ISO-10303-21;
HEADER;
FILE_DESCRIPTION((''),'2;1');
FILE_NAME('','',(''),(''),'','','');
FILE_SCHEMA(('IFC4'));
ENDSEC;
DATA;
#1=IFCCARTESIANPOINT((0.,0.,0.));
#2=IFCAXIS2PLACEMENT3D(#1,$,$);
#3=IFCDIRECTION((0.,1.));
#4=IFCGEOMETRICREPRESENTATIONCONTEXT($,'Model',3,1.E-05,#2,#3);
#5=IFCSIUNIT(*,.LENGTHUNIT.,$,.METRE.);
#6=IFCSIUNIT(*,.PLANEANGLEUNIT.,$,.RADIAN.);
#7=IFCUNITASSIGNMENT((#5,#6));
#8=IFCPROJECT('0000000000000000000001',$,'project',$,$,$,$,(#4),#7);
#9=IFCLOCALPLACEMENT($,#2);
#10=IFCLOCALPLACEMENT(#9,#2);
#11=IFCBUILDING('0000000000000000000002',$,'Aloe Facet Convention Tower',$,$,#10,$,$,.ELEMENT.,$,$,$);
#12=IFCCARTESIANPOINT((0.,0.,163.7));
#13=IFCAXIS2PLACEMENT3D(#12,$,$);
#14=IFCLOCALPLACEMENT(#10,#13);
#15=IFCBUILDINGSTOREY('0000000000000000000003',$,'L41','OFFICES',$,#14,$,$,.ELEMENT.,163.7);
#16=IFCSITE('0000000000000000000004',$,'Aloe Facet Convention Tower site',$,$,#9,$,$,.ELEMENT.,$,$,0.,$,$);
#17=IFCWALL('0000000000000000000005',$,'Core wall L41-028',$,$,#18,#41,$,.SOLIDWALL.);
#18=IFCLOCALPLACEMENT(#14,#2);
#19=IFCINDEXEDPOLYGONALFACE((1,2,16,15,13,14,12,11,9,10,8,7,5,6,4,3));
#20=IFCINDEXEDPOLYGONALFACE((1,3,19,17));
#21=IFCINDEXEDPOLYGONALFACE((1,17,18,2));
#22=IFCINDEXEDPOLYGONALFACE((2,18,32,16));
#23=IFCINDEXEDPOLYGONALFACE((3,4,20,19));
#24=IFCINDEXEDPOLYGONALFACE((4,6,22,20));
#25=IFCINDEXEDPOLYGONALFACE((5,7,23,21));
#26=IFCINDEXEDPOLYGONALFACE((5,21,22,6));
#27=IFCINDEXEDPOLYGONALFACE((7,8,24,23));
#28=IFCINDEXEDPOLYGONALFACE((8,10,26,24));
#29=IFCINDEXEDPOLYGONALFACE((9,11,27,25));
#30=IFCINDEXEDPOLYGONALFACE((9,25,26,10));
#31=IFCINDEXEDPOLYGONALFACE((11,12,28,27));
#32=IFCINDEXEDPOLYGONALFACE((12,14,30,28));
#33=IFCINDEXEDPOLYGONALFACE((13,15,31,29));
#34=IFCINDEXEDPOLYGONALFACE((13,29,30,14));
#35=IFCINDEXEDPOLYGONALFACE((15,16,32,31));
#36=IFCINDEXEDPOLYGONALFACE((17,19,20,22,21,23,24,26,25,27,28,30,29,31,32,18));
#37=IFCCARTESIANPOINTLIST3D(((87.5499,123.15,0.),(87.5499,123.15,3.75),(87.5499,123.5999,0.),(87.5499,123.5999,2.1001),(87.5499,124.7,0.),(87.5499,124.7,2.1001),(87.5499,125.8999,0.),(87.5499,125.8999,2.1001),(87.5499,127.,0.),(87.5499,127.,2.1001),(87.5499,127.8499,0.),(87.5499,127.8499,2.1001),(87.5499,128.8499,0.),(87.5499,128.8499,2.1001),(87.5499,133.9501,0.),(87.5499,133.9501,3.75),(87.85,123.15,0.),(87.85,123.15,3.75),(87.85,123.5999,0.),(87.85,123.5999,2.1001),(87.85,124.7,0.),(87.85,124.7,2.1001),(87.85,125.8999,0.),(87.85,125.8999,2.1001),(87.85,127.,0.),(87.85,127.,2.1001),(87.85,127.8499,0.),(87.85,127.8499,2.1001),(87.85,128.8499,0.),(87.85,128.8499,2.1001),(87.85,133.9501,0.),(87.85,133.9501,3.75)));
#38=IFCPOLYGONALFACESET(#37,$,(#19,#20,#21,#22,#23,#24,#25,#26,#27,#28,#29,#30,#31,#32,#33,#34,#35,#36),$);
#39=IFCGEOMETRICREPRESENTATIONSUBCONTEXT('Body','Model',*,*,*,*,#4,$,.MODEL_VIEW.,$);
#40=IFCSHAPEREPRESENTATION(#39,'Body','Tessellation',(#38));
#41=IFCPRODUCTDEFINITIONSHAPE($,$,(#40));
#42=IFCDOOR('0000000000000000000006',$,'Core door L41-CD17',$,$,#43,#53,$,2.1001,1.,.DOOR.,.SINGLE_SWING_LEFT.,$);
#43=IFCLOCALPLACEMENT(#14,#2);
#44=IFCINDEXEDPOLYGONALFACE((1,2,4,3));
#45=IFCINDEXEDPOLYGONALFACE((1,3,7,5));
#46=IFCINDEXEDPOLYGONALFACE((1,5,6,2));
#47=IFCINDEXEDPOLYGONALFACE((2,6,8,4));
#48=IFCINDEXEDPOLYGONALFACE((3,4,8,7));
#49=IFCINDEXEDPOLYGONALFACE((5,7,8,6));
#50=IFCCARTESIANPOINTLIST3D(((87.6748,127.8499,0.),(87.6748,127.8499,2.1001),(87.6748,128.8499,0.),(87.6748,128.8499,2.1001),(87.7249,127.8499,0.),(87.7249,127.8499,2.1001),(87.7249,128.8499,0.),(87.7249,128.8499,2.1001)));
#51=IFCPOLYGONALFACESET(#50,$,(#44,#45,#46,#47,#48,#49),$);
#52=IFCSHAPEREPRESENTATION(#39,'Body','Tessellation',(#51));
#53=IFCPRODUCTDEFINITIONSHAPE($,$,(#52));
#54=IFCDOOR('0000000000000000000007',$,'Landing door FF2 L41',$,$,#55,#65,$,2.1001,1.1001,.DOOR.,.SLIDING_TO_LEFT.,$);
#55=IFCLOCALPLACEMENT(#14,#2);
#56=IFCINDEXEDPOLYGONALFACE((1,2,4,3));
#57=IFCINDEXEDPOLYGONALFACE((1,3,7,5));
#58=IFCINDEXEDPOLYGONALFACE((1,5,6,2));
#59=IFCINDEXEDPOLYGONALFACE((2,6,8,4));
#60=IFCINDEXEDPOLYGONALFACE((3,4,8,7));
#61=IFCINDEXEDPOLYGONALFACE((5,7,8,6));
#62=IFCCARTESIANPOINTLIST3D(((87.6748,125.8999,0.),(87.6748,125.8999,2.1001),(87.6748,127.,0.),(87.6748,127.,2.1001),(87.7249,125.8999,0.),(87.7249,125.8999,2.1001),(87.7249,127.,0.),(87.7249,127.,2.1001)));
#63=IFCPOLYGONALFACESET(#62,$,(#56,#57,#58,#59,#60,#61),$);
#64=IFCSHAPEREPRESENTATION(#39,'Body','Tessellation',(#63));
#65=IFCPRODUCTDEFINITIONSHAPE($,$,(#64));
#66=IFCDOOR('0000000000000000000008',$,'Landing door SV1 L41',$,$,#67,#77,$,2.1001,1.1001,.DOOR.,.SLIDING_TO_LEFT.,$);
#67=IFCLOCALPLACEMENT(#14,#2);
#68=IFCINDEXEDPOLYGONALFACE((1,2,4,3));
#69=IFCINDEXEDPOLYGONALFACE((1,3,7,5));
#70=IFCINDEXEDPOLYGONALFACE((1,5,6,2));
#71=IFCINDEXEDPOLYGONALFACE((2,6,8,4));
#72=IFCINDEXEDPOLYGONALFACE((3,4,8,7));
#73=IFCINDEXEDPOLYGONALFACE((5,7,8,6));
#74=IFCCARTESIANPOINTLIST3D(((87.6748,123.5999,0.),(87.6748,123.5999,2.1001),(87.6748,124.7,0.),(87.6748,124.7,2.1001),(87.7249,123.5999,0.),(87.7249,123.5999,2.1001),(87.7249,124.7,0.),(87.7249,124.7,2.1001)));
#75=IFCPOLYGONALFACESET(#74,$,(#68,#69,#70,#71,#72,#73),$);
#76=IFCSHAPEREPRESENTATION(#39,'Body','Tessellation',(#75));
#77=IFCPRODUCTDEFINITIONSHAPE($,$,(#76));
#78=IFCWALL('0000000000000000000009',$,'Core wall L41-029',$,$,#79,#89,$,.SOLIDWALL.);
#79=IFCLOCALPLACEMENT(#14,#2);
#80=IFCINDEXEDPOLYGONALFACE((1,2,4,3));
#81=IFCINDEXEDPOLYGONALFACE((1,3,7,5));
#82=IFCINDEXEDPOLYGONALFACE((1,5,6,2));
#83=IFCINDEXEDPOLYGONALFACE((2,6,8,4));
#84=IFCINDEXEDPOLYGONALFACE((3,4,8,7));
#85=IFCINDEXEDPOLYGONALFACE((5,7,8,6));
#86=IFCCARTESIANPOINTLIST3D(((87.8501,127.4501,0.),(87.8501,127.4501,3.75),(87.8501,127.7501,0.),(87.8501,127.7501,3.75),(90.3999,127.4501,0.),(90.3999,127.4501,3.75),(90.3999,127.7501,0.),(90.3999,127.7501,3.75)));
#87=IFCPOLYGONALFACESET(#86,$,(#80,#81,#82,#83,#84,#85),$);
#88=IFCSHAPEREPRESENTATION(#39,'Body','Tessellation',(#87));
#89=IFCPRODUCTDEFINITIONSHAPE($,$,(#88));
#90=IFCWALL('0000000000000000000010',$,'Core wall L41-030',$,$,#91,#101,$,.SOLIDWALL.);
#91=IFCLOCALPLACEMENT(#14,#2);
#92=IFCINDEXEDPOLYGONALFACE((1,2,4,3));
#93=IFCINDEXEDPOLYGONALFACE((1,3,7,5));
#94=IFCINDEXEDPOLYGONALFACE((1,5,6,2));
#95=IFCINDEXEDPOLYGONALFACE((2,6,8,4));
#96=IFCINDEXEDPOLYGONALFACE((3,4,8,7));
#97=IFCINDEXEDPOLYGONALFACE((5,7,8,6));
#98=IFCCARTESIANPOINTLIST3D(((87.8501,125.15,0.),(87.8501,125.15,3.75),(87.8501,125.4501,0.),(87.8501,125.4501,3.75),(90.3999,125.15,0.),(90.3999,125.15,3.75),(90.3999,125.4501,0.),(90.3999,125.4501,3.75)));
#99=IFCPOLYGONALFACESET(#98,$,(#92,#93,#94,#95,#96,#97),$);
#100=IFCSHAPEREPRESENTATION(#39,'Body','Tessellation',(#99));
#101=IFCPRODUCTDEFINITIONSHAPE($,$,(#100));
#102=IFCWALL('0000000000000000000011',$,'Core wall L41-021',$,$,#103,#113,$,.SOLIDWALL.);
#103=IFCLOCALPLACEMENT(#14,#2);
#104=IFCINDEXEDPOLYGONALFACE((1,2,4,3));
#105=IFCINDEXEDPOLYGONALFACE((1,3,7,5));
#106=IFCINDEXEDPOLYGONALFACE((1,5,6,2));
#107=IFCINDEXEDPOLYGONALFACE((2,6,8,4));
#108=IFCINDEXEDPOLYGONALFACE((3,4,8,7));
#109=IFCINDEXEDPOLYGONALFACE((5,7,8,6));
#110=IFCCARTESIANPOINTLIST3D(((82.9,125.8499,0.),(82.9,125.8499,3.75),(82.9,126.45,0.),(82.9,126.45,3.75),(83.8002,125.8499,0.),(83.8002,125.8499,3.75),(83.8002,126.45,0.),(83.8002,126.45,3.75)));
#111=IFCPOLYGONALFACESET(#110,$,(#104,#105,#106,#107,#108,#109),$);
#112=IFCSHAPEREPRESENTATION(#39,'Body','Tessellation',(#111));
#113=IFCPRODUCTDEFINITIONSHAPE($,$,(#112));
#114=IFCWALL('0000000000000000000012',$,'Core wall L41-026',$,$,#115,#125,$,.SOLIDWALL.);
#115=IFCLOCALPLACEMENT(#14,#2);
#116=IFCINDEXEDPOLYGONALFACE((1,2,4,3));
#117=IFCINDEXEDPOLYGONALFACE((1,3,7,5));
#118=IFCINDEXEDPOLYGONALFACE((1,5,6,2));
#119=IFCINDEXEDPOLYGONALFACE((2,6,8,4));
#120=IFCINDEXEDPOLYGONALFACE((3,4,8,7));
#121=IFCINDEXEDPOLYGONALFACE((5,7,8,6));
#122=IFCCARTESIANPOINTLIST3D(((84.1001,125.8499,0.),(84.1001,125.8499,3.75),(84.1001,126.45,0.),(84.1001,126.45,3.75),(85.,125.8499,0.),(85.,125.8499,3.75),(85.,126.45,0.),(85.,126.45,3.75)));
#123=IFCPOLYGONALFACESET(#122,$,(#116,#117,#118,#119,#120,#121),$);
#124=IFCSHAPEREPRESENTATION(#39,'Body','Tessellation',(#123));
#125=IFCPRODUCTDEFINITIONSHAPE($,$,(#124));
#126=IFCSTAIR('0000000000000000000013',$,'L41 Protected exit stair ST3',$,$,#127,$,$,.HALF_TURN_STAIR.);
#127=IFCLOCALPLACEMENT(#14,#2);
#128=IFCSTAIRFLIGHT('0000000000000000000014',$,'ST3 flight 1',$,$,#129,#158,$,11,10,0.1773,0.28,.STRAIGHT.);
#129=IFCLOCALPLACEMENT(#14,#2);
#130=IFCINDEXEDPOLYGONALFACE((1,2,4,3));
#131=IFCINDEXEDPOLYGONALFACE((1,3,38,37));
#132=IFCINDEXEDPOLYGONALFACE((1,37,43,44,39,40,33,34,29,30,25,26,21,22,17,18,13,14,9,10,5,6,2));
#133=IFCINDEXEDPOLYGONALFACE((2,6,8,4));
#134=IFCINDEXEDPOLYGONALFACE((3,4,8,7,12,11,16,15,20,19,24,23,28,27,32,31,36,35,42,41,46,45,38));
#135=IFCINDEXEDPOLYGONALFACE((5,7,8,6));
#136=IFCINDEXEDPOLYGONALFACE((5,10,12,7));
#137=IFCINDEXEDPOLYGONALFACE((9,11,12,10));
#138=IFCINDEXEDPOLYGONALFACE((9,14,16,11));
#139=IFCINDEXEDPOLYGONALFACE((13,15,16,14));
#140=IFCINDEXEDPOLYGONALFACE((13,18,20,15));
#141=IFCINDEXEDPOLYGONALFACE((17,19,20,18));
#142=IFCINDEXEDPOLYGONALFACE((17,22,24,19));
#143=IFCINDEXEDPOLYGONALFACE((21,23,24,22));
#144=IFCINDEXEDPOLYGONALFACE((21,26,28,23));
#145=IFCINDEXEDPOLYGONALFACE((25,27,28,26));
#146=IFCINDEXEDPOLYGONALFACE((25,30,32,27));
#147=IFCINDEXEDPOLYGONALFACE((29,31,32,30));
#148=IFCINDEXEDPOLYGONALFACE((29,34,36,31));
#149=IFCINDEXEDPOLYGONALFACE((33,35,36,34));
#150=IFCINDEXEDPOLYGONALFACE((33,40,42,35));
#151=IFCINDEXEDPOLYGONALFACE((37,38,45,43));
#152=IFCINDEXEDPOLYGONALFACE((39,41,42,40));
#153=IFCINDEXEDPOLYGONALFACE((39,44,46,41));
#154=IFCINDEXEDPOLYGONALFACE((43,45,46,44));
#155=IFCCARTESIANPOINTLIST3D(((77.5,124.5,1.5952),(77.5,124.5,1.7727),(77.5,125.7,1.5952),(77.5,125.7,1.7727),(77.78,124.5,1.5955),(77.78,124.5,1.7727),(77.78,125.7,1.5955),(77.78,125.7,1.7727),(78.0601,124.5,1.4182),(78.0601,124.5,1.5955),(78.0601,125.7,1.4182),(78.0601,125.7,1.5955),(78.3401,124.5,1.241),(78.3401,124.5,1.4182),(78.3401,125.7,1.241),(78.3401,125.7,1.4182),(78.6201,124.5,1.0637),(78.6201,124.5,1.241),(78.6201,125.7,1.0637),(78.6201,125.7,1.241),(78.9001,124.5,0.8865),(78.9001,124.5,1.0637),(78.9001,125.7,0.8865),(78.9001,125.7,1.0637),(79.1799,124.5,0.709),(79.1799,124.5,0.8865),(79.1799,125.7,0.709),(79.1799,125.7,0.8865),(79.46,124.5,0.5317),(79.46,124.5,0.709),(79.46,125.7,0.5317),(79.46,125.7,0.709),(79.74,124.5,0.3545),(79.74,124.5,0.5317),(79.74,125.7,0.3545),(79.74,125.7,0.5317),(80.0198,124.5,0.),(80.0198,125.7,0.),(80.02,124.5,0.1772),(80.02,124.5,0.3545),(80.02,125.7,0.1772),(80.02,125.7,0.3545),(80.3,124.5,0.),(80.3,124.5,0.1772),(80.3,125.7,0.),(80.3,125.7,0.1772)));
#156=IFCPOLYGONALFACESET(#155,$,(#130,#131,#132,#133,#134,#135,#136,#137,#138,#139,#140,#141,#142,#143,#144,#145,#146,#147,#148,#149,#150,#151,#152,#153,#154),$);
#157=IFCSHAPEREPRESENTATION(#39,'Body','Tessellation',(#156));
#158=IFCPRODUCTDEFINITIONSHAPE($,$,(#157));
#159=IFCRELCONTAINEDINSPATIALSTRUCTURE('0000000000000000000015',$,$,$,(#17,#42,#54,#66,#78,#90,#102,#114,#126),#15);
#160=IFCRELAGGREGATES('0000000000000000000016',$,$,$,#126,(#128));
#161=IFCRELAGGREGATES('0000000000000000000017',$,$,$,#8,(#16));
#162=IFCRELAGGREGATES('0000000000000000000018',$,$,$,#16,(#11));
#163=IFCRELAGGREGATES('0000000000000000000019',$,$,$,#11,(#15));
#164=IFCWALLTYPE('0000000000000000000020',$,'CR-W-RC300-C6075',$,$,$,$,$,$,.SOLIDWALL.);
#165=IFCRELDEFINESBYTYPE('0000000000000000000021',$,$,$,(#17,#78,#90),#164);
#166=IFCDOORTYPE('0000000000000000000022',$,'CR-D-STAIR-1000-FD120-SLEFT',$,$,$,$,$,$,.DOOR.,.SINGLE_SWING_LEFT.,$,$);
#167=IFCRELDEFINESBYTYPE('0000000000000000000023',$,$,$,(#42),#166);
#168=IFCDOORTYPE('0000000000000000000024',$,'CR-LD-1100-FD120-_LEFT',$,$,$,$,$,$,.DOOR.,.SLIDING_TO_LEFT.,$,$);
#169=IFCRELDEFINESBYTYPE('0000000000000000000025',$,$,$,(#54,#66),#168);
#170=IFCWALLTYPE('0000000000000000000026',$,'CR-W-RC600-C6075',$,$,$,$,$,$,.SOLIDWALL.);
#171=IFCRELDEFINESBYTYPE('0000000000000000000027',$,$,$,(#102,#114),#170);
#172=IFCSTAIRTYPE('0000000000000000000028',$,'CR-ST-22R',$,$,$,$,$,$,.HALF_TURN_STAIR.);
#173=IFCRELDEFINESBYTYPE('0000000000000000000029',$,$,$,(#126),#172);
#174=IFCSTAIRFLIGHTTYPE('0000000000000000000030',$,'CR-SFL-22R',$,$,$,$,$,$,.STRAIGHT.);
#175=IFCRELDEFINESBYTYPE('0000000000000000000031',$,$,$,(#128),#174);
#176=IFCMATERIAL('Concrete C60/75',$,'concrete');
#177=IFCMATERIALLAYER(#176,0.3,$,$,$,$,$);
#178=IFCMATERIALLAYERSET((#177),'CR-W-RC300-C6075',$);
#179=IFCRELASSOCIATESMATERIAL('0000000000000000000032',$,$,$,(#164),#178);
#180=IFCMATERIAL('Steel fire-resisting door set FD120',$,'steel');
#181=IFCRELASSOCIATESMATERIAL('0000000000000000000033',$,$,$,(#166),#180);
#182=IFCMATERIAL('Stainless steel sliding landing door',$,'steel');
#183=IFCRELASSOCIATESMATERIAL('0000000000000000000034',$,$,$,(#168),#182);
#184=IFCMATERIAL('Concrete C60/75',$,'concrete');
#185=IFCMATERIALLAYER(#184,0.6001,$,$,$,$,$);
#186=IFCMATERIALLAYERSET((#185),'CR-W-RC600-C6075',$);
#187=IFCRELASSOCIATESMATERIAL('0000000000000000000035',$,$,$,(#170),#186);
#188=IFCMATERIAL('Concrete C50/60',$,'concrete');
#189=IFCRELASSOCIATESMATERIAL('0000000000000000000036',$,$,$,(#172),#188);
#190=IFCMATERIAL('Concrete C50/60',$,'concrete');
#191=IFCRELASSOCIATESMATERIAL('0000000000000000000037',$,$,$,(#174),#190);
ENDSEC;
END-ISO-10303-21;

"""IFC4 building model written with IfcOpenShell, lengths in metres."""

from ifc_helpers import new_model, si_unit, direction, frame, frame_2d, origin, place, context, subcontext, project, spatial, polyline, rectangle, outline, extrude, material, layer, layer_set, type_object, element, fill, aggregate, save


model = new_model("IFC4")

# Units and contexts
model_context = context("Model", 3, precision=1e-05, world=origin(), true_north=direction((0.0, 1.0)))
body_context = subcontext(model_context, "Body", "Model", "MODEL_VIEW")
ifc_project = project(units=[si_unit("LENGTHUNIT", "METRE"), si_unit("PLANEANGLEUNIT", "RADIAN")], contexts=[model_context])

# Site, building, storey
site_placement = place(None, origin())
site = spatial("IfcSite", under=ifc_project, at=site_placement, Name="Aloe Facet Convention Tower site", CompositionType="ELEMENT", RefElevation=0.0)
building_placement = place(site_placement, origin())
building = spatial("IfcBuilding", under=site, at=building_placement, Name="Aloe Facet Convention Tower", CompositionType="ELEMENT")
storey_placement = place(building_placement, frame((0.0, 0.0, 163.7)))
storey = spatial("IfcBuildingStorey", under=building, at=storey_placement, Name="L41", Description="OFFICES", CompositionType="ELEMENT", Elevation=163.7)

# Shared definitions
ifc_material_1 = material(Name="Concrete C60/75", Category="concrete")
ifc_layer_1 = layer(ifc_material_1, 0.3)
ifc_layer_set_1 = layer_set([ifc_layer_1], Name="CR-W-RC300-C6075")
wall_type_1 = type_object("IfcWallType", Name="CR-W-RC300-C6075", PredefinedType="SOLIDWALL", material=ifc_layer_set_1)

# Shared definitions
ifc_material_2 = material(Name="Steel fire-resisting door set FD120", Category="steel")
door_type_1 = type_object("IfcDoorType", Name="CR-D-STAIR-1000-FD120-SLEFT", OperationType="SINGLE_SWING_LEFT", PredefinedType="DOOR", material=ifc_material_2)

# Wall, openings, doors
wall_1_placement = place(storey_placement, frame((87.7, 133.95, 0.0), z_axis=(0.0, 0.0, 1.0), x_axis=(0.0, -1.0, 0.0)))
wall_1 = element("IfcWall", 1, at=wall_1_placement, inside=storey, type_object=wall_type_1, Name="Core wall L41-028", PredefinedType="SOLIDWALL", context=body_context, shape_type="SweptSolid", body=[
    extrude(rectangle(XDim=10.8, YDim=0.3, at=frame_2d((5.3999, 0.0))), origin(), (0.0, 0.0, 1.0), 3.75),
])
opening_1_placement = place(wall_1_placement, frame((6.95, 0.0, 0.0)))
opening_1 = element("IfcOpeningElement", 2, at=opening_1_placement, cuts=wall_1, PredefinedType="OPENING", context=body_context, shape_type="SweptSolid", body=[
    extrude(rectangle(XDim=1.1001, YDim=2.1001, at=frame_2d((0.55, 1.05))), frame((0.0, 0.1602, 0.0), z_axis=(0.0, -1.0, 0.0), x_axis=(1.0, 0.0, 0.0)), (0.0, 0.0, 1.0), 0.3201),
])
opening_2_placement = place(wall_1_placement, frame((5.1001, 0.0, 0.0)))
opening_2 = element("IfcOpeningElement", 3, at=opening_2_placement, cuts=wall_1, PredefinedType="OPENING", context=body_context, shape_type="SweptSolid", body=[
    extrude(rectangle(XDim=1.0, YDim=2.1001, at=frame_2d((0.5, 1.05))), frame((0.0, 0.1602, 0.0), z_axis=(0.0, -1.0, 0.0), x_axis=(1.0, 0.0, 0.0)), (0.0, 0.0, 1.0), 0.3201),
])
opening_3_placement = place(wall_1_placement, frame((9.25, 0.0, 0.0)))
opening_3 = element("IfcOpeningElement", 4, at=opening_3_placement, cuts=wall_1, PredefinedType="OPENING", context=body_context, shape_type="SweptSolid", body=[
    extrude(rectangle(XDim=1.1001, YDim=2.1001, at=frame_2d((0.55, 1.05))), frame((0.0, 0.1602, 0.0), z_axis=(0.0, -1.0, 0.0), x_axis=(1.0, 0.0, 0.0)), (0.0, 0.0, 1.0), 0.3201),
])
door_1_placement = place(opening_2_placement, origin())
door_1 = element("IfcDoor", 5, at=door_1_placement, inside=storey, type_object=door_type_1, Name="Core door L41-CD17", OperationType="SINGLE_SWING_LEFT", OverallHeight=2.1001, OverallWidth=1.0, PredefinedType="DOOR", context=body_context, shape_type="SweptSolid", body=[
    extrude(rectangle(XDim=1.0, YDim=2.1001, at=frame_2d((0.5, 1.05))), frame((0.0, 0.0249, 0.0), z_axis=(0.0, -1.0, 0.0), x_axis=(1.0, 0.0, 0.0)), (0.0, 0.0, 1.0), 0.05),
])
fill(opening_2, door_1)
ifc_material_3 = material(Name="Stainless steel sliding landing door", Category="steel")
door_type_2 = type_object("IfcDoorType", Name="CR-LD-1100-FD120-_LEFT", OperationType="SLIDING_TO_LEFT", PredefinedType="DOOR", material=ifc_material_3)
door_2_placement = place(opening_1_placement, origin())
door_2 = element("IfcDoor", 6, at=door_2_placement, inside=storey, type_object=door_type_2, Name="Landing door FF2 L41", OperationType="SLIDING_TO_LEFT", OverallHeight=2.1001, OverallWidth=1.1001, PredefinedType="DOOR", context=body_context, shape_type="SweptSolid", body=[
    extrude(rectangle(XDim=1.1001, YDim=2.1001, at=frame_2d((0.55, 1.05))), frame((0.0, 0.0249, 0.0), z_axis=(0.0, -1.0, 0.0), x_axis=(1.0, 0.0, 0.0)), (0.0, 0.0, 1.0), 0.05),
])
fill(opening_1, door_2)
door_3_placement = place(opening_3_placement, origin())
door_3 = element("IfcDoor", 7, at=door_3_placement, inside=storey, type_object=door_type_2, Name="Landing door SV1 L41", OperationType="SLIDING_TO_LEFT", OverallHeight=2.1001, OverallWidth=1.1001, PredefinedType="DOOR", context=body_context, shape_type="SweptSolid", body=[
    extrude(rectangle(XDim=1.1001, YDim=2.1001, at=frame_2d((0.55, 1.05))), frame((0.0, 0.0249, 0.0), z_axis=(0.0, -1.0, 0.0), x_axis=(1.0, 0.0, 0.0)), (0.0, 0.0, 1.0), 0.05),
])
fill(opening_3, door_3)

# Walls
for number, where, z_axis, x_axis, name in (
    (8, (87.8501, 127.6001, 0.0), (0.0, 0.0, 1.0), (1.0, 0.0, 0.0), "Core wall L41-029"),
    (9, (87.8501, 125.3, 0.0), (0.0, 0.0, 1.0), (1.0, 0.0, 0.0), "Core wall L41-030"),
):
    element("IfcWall", number, at=place(storey_placement, frame(where, z_axis=z_axis, x_axis=x_axis)), inside=storey, type_object=wall_type_1, Name=name, PredefinedType="SOLIDWALL", context=body_context, shape_type="SweptSolid", body=[
        extrude(rectangle(XDim=2.5498, YDim=0.3, at=frame_2d((1.2749, 0.0))), origin(), (0.0, 0.0, 1.0), 3.75),
    ])
ifc_material_4 = material(Name="Concrete C60/75", Category="concrete")
ifc_layer_2 = layer(ifc_material_4, 0.6001)
ifc_layer_set_2 = layer_set([ifc_layer_2], Name="CR-W-RC600-C6075")
wall_type_2 = type_object("IfcWallType", Name="CR-W-RC600-C6075", PredefinedType="SOLIDWALL", material=ifc_layer_set_2)
wall_2_placement = place(storey_placement, frame((82.8999, 126.1499, 0.0), z_axis=(0.0, 0.0, 1.0), x_axis=(1.0, 0.0, 0.0)))
element("IfcWall", 10, at=wall_2_placement, inside=storey, type_object=wall_type_2, Name="Core wall L41-021", PredefinedType="SOLIDWALL", context=body_context, shape_type="SweptSolid", body=[
    extrude(rectangle(XDim=0.9001, YDim=0.6001, at=frame_2d((0.4502, 0.0))), origin(), (0.0, 0.0, 1.0), 3.75),
])
wall_3_placement = place(storey_placement, frame((84.1001, 126.1499, 0.0), z_axis=(0.0, 0.0, 1.0), x_axis=(1.0, 0.0, 0.0)))
element("IfcWall", 11, at=wall_3_placement, inside=storey, type_object=wall_type_2, Name="Core wall L41-026", PredefinedType="SOLIDWALL", context=body_context, shape_type="SweptSolid", body=[
    extrude(rectangle(XDim=0.8999, YDim=0.6001, at=frame_2d((0.45, 0.0))), origin(), (0.0, 0.0, 1.0), 3.75),
])

# Stair, stair flight
ifc_material_5 = material(Name="Concrete C50/60", Category="concrete")
stair_type = type_object("IfcStairType", Name="CR-ST-22R", PredefinedType="HALF_TURN_STAIR", material=ifc_material_5)
stair_placement = place(storey_placement, origin())
stair = element("IfcStair", 12, at=stair_placement, inside=storey, type_object=stair_type, Name="L41 Protected exit stair ST3", PredefinedType="HALF_TURN_STAIR")
ifc_material_6 = material(Name="Concrete C50/60", Category="concrete")
stair_flight_type = type_object("IfcStairFlightType", Name="CR-SFL-22R", PredefinedType="STRAIGHT", material=ifc_material_6)
stair_flight_placement = place(storey_placement, frame((80.3, 125.1001, 0.0), z_axis=(0.0, 0.0, 1.0), x_axis=(-1.0, 0.0, 0.0)))
stair_flight = element("IfcStairFlight", 13, at=stair_flight_placement, type_object=stair_flight_type, Name="ST3 flight 1", NumberOfRisers=11, NumberOfTreads=10, PredefinedType="STRAIGHT", RiserHeight=0.1773, TreadLength=0.28, context=body_context, shape_type="SweptSolid", body=[
    extrude(outline(polyline([(0.0, 0.0), (0.0, 0.1772), (0.28, 0.1772), (0.28, 0.3545), (0.5601, 0.3545), (0.5601, 0.5317), (0.8401, 0.5317), (0.8401, 0.709), (1.1201, 0.709), (1.1201, 0.8865), (1.3999, 0.8865), (1.3999, 1.0637), (1.6799, 1.0637), (1.6799, 1.241), (1.96, 1.241), (1.96, 1.4182), (2.24, 1.4182), (2.24, 1.5955), (2.52, 1.5955), (2.52, 1.7727), (2.8, 1.7727), (2.8, 1.95), (2.8, 1.5952), (0.2803, 0.0), (0.0, 0.0)])), frame((0.0, 0.6001, 0.0), z_axis=(0.0, -1.0, 0.0), x_axis=(1.0, 0.0, 0.0)), (0.0, 0.0, 1.0), 1.2),
])
aggregate(stair, [stair_flight])

save(model, "model.ifc")
